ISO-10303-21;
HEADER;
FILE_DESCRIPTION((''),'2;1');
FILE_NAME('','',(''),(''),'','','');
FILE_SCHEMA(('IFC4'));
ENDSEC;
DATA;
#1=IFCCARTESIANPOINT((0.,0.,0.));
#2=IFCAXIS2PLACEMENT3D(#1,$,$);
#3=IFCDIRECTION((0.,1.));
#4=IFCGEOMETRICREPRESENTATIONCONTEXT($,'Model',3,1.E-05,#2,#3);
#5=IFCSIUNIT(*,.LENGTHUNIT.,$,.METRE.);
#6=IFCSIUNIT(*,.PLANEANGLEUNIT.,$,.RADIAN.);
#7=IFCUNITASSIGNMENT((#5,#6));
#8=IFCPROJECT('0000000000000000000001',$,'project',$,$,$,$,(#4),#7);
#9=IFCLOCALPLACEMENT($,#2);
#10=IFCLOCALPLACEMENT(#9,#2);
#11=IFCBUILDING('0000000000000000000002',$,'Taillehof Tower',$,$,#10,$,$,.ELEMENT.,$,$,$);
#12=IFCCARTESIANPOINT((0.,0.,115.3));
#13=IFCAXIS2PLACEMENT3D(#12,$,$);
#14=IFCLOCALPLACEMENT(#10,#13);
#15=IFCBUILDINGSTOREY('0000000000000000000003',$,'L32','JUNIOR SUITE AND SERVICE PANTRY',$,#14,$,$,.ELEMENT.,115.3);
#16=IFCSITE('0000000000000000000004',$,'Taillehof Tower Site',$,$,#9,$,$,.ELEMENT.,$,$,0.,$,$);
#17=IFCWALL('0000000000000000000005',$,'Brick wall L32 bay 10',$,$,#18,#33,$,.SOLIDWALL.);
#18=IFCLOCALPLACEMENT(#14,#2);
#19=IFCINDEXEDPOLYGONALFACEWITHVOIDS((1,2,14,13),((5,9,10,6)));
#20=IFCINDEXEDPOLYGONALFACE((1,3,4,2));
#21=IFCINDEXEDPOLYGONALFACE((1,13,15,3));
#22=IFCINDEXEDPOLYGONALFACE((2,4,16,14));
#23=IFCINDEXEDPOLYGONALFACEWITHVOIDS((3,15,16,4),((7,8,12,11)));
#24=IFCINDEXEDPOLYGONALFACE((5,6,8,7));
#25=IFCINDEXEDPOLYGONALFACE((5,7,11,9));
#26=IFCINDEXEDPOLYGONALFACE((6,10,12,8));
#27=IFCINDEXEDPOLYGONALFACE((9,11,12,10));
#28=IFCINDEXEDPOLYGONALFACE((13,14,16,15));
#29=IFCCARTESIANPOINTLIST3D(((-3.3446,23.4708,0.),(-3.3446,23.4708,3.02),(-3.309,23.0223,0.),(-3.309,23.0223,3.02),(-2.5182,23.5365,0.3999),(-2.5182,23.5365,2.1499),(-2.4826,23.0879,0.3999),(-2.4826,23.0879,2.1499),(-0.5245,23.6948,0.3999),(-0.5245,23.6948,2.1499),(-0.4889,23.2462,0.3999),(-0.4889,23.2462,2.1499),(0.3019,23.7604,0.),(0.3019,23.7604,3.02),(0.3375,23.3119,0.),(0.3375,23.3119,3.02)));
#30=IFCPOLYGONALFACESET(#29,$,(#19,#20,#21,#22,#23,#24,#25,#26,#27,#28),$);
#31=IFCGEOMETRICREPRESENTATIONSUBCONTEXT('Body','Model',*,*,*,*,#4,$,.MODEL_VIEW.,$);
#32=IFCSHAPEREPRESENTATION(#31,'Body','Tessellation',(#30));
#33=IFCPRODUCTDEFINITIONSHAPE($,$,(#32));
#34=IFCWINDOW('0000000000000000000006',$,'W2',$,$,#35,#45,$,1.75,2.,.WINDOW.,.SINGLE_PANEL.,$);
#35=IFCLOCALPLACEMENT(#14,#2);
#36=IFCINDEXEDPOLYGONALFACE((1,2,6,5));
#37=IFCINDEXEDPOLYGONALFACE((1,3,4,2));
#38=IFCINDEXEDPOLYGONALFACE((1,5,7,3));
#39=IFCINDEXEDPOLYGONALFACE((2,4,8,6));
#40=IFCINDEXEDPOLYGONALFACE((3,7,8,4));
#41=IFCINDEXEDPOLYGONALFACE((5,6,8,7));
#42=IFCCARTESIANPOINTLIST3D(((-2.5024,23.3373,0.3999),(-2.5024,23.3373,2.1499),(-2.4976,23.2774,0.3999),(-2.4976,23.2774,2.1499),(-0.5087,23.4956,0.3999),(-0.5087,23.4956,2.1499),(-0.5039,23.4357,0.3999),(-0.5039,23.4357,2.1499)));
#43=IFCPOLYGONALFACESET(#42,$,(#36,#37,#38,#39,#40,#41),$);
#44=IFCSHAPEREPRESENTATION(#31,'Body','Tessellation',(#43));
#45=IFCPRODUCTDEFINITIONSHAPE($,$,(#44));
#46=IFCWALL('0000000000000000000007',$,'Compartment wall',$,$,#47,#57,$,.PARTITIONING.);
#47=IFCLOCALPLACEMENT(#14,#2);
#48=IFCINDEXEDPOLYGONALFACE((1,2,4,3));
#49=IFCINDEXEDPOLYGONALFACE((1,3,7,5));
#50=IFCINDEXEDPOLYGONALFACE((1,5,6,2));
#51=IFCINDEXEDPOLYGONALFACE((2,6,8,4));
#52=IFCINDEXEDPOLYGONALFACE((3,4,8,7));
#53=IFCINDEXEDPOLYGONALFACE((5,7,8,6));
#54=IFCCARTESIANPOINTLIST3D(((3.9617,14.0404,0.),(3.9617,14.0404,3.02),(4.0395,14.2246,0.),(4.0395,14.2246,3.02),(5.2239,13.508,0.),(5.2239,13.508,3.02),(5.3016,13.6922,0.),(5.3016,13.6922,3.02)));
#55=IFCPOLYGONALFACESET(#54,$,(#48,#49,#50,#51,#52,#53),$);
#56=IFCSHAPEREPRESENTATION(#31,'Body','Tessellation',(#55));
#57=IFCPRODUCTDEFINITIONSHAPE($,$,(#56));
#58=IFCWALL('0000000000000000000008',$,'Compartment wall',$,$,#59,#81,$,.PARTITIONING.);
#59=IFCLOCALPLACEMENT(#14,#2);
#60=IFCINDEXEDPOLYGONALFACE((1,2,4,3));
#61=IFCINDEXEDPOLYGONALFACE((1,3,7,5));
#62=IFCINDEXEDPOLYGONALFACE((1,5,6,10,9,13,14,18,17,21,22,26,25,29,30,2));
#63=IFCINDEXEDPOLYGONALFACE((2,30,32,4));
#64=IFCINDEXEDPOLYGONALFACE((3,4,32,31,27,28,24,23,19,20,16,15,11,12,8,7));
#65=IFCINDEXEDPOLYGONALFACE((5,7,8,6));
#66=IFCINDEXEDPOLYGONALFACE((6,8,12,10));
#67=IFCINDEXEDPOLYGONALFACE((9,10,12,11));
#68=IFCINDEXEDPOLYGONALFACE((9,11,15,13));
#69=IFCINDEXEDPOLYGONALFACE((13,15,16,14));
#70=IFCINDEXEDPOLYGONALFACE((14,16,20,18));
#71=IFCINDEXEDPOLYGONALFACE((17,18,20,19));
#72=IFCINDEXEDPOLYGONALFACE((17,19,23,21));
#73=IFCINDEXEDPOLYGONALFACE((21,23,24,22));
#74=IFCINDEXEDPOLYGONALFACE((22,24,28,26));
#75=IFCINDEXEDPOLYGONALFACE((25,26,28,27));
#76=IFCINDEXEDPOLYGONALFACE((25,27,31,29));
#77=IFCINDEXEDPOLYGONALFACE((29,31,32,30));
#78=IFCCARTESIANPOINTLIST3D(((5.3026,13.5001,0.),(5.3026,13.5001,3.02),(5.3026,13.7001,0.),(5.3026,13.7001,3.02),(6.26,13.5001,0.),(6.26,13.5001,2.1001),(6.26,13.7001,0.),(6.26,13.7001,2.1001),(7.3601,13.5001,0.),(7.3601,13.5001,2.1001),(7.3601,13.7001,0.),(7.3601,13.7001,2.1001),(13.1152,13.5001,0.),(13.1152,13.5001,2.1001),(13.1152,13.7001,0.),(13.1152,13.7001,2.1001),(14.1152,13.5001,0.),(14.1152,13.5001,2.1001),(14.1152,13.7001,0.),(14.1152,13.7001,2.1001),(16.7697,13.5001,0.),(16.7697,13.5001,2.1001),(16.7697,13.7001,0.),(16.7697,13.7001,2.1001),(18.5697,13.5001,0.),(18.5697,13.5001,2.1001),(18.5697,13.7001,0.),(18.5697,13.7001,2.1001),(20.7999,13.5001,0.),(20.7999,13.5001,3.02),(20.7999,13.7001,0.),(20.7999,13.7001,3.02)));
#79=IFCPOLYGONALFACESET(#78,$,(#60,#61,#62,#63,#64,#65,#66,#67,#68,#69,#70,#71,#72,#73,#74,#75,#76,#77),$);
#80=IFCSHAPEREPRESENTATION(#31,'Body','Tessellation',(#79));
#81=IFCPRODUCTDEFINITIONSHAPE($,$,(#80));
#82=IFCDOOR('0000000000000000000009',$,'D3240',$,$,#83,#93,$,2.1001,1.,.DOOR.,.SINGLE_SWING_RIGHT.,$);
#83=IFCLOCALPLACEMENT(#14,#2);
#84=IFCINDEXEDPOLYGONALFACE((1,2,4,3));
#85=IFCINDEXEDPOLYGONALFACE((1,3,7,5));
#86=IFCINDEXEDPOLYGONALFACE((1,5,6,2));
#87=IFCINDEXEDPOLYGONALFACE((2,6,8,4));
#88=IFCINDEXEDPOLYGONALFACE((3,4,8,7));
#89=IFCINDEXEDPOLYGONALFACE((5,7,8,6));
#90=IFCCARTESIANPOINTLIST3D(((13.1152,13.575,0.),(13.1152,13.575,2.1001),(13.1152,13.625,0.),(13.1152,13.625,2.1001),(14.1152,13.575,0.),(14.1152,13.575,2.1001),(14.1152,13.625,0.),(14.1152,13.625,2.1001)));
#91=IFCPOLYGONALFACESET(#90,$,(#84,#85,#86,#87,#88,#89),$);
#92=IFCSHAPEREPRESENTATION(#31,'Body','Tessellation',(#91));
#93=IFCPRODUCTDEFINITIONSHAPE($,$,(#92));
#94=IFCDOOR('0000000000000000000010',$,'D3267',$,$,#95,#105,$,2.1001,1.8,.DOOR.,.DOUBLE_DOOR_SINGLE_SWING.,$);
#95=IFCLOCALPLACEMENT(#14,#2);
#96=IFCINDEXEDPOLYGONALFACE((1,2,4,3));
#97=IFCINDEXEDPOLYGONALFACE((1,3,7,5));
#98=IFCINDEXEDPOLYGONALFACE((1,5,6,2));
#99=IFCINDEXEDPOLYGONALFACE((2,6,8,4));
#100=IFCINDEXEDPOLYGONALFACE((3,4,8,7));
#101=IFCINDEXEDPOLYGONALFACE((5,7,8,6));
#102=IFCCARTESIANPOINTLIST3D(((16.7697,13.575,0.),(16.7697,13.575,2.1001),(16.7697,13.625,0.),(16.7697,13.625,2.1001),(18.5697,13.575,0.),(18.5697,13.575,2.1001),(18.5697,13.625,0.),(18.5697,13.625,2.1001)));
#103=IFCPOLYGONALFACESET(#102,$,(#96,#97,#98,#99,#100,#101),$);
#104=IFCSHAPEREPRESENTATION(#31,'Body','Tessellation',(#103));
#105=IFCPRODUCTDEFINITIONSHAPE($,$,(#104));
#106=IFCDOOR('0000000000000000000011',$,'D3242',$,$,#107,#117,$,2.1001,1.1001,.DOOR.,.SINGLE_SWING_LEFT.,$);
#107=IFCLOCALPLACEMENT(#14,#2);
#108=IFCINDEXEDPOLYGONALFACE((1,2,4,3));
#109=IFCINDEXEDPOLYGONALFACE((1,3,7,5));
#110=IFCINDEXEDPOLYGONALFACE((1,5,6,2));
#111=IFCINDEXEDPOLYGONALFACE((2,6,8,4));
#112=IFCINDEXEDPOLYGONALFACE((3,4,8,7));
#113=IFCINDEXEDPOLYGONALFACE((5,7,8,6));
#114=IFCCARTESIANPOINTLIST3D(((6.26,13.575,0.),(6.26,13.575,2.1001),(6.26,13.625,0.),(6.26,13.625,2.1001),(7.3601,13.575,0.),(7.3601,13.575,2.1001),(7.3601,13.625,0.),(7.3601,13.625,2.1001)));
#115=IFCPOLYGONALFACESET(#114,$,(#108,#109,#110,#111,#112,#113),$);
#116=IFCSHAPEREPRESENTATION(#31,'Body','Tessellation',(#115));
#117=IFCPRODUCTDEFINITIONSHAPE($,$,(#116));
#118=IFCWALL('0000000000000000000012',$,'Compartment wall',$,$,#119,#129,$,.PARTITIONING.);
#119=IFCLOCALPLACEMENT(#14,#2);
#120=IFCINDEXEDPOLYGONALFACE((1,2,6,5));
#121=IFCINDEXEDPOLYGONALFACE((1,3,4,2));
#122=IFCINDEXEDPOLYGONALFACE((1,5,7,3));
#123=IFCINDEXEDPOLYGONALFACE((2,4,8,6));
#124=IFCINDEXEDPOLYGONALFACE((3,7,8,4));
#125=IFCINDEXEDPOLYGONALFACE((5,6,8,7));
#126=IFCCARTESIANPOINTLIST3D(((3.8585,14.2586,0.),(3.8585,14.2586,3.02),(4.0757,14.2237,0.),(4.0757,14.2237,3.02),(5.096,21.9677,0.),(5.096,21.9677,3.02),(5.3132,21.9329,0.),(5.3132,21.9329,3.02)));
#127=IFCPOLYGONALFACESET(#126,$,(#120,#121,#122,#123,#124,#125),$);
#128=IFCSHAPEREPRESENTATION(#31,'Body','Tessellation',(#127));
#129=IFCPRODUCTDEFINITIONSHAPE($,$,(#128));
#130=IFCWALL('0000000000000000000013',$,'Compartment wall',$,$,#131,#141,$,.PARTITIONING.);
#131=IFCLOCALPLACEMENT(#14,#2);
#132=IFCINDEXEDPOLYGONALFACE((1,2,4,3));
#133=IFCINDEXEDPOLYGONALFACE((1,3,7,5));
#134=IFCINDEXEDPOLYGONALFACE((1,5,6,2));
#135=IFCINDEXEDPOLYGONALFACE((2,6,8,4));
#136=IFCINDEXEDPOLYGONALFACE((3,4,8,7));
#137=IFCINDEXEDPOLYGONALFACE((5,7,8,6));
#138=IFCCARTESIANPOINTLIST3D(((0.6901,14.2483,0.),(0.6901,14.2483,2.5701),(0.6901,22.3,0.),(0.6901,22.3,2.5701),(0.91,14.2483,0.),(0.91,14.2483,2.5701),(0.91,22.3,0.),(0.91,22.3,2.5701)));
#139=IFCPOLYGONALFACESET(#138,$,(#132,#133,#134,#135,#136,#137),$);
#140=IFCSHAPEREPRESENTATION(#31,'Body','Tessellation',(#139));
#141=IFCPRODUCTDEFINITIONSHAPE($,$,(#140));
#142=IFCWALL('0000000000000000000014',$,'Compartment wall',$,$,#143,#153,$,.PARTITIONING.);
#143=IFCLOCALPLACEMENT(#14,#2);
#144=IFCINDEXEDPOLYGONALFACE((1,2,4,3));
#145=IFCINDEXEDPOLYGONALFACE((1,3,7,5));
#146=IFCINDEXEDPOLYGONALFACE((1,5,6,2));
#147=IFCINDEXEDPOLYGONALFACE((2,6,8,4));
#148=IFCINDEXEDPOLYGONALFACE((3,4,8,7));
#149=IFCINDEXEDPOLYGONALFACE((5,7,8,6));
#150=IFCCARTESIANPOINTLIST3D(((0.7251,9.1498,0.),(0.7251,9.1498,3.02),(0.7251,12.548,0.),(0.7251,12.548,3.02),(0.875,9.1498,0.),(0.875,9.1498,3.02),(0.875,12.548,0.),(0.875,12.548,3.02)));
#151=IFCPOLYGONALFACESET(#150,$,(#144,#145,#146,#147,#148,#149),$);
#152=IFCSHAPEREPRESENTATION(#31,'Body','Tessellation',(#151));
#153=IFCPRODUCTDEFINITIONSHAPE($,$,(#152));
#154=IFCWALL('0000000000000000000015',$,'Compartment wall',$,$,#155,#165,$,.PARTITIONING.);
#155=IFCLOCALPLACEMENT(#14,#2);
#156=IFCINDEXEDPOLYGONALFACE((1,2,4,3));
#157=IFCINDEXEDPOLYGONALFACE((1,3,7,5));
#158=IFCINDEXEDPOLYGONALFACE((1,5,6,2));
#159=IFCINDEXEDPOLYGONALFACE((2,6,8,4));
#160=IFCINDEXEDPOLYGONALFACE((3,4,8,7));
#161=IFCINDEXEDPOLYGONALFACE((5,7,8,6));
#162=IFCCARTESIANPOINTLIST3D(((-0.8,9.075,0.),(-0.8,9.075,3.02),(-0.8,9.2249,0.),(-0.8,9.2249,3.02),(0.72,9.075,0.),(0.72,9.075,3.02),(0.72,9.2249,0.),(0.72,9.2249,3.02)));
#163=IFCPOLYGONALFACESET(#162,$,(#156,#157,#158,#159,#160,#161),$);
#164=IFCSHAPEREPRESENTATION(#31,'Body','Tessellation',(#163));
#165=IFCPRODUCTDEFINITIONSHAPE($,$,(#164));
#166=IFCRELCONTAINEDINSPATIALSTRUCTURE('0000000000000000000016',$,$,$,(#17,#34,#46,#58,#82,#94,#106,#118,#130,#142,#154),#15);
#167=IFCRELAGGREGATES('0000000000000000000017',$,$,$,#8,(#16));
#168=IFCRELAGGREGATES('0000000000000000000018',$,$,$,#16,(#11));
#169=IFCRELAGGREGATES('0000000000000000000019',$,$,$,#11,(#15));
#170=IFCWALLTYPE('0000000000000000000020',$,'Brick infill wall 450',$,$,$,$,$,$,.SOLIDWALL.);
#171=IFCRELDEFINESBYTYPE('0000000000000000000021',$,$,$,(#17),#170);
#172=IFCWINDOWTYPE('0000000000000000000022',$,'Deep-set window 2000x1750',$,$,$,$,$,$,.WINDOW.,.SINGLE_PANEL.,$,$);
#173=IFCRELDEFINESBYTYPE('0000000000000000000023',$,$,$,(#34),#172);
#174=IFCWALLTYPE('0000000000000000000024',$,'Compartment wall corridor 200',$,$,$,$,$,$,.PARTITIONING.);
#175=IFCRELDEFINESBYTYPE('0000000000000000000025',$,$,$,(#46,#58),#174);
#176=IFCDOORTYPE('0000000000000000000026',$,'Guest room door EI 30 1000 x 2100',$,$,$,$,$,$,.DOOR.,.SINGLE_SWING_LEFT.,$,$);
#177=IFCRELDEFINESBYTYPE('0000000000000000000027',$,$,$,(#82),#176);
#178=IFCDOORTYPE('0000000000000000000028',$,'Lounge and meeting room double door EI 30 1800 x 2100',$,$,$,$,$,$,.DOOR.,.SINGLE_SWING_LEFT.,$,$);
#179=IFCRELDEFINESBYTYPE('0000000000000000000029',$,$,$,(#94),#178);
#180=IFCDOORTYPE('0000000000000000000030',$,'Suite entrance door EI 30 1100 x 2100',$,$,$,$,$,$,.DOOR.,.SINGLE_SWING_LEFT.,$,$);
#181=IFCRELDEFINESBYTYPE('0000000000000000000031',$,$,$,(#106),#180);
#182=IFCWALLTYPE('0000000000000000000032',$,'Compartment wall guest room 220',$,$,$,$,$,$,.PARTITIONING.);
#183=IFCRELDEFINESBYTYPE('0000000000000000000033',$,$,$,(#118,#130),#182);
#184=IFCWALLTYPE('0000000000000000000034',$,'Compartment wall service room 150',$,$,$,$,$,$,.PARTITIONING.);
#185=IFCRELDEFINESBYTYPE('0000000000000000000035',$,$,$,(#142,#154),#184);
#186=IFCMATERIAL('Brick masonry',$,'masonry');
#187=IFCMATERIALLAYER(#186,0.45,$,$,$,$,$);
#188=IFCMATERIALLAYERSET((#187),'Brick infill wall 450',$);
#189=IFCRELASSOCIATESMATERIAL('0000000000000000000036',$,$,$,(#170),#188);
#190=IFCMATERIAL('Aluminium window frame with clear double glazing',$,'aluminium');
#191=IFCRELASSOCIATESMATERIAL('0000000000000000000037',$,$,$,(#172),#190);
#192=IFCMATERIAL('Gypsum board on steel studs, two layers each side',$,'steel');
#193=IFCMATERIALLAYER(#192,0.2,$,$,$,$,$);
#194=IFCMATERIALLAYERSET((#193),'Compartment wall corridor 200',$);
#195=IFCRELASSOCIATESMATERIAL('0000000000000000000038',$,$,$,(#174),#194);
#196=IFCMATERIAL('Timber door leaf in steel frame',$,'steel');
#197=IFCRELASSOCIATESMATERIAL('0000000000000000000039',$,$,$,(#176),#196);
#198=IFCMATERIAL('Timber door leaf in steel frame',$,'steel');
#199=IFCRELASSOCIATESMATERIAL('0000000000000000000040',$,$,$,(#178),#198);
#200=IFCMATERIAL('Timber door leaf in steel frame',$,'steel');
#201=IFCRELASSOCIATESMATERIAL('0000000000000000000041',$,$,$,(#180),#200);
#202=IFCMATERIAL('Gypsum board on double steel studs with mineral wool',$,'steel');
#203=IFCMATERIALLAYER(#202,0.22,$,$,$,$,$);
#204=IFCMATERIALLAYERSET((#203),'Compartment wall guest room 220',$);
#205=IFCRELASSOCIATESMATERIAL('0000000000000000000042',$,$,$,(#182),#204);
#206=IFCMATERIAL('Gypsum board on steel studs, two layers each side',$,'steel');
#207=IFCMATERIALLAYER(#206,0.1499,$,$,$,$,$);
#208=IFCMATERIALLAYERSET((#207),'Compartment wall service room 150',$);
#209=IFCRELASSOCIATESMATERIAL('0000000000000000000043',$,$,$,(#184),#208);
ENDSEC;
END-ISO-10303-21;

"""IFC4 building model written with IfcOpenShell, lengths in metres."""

from ifc_helpers import new_model, si_unit, direction, frame, frame_2d, origin, place, context, subcontext, project, spatial, rectangle, extrude, material, layer, layer_set, type_object, element, fill, save


model = new_model("IFC4")

# Units and contexts
model_context = context("Model", 3, precision=1e-05, world=origin(), true_north=direction((0.0, 1.0)))
body_context = subcontext(model_context, "Body", "Model", "MODEL_VIEW")
ifc_project = project(units=[si_unit("LENGTHUNIT", "METRE"), si_unit("PLANEANGLEUNIT", "RADIAN")], contexts=[model_context])

# Site, building, storey
site_placement = place(None, origin())
site = spatial("IfcSite", under=ifc_project, at=site_placement, Name="Taillehof Tower Site", CompositionType="ELEMENT", RefElevation=0.0)
building_placement = place(site_placement, origin())
building = spatial("IfcBuilding", under=site, at=building_placement, Name="Taillehof Tower", CompositionType="ELEMENT")
storey_placement = place(building_placement, frame((0.0, 0.0, 115.3)))
storey = spatial("IfcBuildingStorey", under=building, at=storey_placement, Name="L32", Description="JUNIOR SUITE AND SERVICE PANTRY", CompositionType="ELEMENT", Elevation=115.3)

# Wall, opening, window
ifc_material_1 = material(Name="Brick masonry", Category="masonry")
ifc_layer_1 = layer(ifc_material_1, 0.45)
ifc_layer_set_1 = layer_set([ifc_layer_1], Name="Brick infill wall 450")
wall_type_1 = type_object("IfcWallType", Name="Brick infill wall 450", PredefinedType="SOLIDWALL", material=ifc_layer_set_1)
ifc_material_2 = material(Name="Aluminium window frame with clear double glazing", Category="aluminium")
window_type = type_object("IfcWindowType", Name="Deep-set window 2000x1750", PartitioningType="SINGLE_PANEL", PredefinedType="WINDOW", material=ifc_material_2)
wall_1_placement = place(storey_placement, frame((0.3198, 23.5361, 0.0), z_axis=(0.0, 0.0, 1.0), x_axis=(-0.996862, -0.079156, 0.0)))
wall_1 = element("IfcWall", 1, at=wall_1_placement, inside=storey, type_object=wall_type_1, Name="Brick wall L32 bay 10", PredefinedType="SOLIDWALL", context=body_context, shape_type="SweptSolid", body=[
    extrude(rectangle(XDim=3.658, YDim=0.45, at=frame_2d((1.8291, 0.0))), origin(), (0.0, 0.0, 1.0), 3.02),
])
opening_1_placement = place(wall_1_placement, frame((0.8291, 0.0, 0.3999)))
opening_1 = element("IfcOpeningElement", 2, at=opening_1_placement, cuts=wall_1, PredefinedType="OPENING", context=body_context, shape_type="SweptSolid", body=[
    extrude(rectangle(XDim=2.0, YDim=1.75, at=frame_2d((1.0, 0.875))), frame((0.0, 0.2349, 0.0), z_axis=(0.0, -1.0, 0.0), x_axis=(1.0, 0.0, 0.0)), (0.0, 0.0, 1.0), 0.47),
])
window_1_placement = place(opening_1_placement, origin())
window_1 = element("IfcWindow", 3, at=window_1_placement, inside=storey, type_object=window_type, Name="W2", OverallHeight=1.75, OverallWidth=2.0, PartitioningType="SINGLE_PANEL", PredefinedType="WINDOW", context=body_context, shape_type="SweptSolid", body=[
    extrude(rectangle(XDim=2.0, YDim=1.75, at=frame_2d((1.0, 0.875))), frame((0.0, 0.0349, 0.0), z_axis=(0.0, -1.0, 0.0), x_axis=(1.0, 0.0, 0.0)), (0.0, 0.0, 1.0), 0.0601),
])
fill(opening_1, window_1)

# Wall
ifc_material_3 = material(Name="Gypsum board on steel studs, two layers each side", Category="steel")
ifc_layer_2 = layer(ifc_material_3, 0.2)
ifc_layer_set_2 = layer_set([ifc_layer_2], Name="Compartment wall corridor 200")
wall_type_2 = type_object("IfcWallType", Name="Compartment wall corridor 200", PredefinedType="PARTITIONING", material=ifc_layer_set_2)
wall_2_placement = place(storey_placement, frame((4.0005, 14.1326, 0.0), z_axis=(0.0, 0.0, 1.0), x_axis=(0.92137, -0.388686, 0.0)))
element("IfcWall", 4, at=wall_2_placement, inside=storey, type_object=wall_type_2, Name="Compartment wall", PredefinedType="PARTITIONING", context=body_context, shape_type="SweptSolid", body=[
    extrude(rectangle(XDim=1.3699, YDim=0.2, at=frame_2d((0.6851, 0.0))), origin(), (0.0, 0.0, 1.0), 3.02),
])

# Wall, openings, doors
wall_3_placement = place(storey_placement, frame((5.3027, 13.6001, 0.0), z_axis=(0.0, 0.0, 1.0), x_axis=(1.0, 0.0, 0.0)))
wall_3 = element("IfcWall", 5, at=wall_3_placement, inside=storey, type_object=wall_type_2, Name="Compartment wall", PredefinedType="PARTITIONING", context=body_context, shape_type="SweptSolid", body=[
    extrude(rectangle(XDim=15.4973, YDim=0.2, at=frame_2d((7.7485, 0.0))), origin(), (0.0, 0.0, 1.0), 3.02),
])
opening_2_placement = place(wall_3_placement, frame((7.8125, 0.0, 0.0)))
opening_2 = element("IfcOpeningElement", 6, at=opening_2_placement, cuts=wall_3, PredefinedType="OPENING", context=body_context, shape_type="SweptSolid", body=[
    extrude(rectangle(XDim=1.0, YDim=2.1001, at=frame_2d((0.5, 1.05))), frame((0.0, 0.1099, 0.0), z_axis=(0.0, -1.0, 0.0), x_axis=(1.0, 0.0, 0.0)), (0.0, 0.0, 1.0), 0.22),
])
opening_3_placement = place(wall_3_placement, frame((0.9573, 0.0, 0.0)))
opening_3 = element("IfcOpeningElement", 7, at=opening_3_placement, cuts=wall_3, PredefinedType="OPENING", context=body_context, shape_type="SweptSolid", body=[
    extrude(rectangle(XDim=1.1001, YDim=2.1001, at=frame_2d((0.55, 1.05))), frame((0.0, 0.1099, 0.0), z_axis=(0.0, -1.0, 0.0), x_axis=(1.0, 0.0, 0.0)), (0.0, 0.0, 1.0), 0.22),
])
opening_4_placement = place(wall_3_placement, frame((11.467, 0.0, 0.0)))
opening_4 = element("IfcOpeningElement", 8, at=opening_4_placement, cuts=wall_3, PredefinedType="OPENING", context=body_context, shape_type="SweptSolid", body=[
    extrude(rectangle(XDim=1.8, YDim=2.1001, at=frame_2d((0.8999, 1.05))), frame((0.0, 0.1099, 0.0), z_axis=(0.0, -1.0, 0.0), x_axis=(1.0, 0.0, 0.0)), (0.0, 0.0, 1.0), 0.22),
])
ifc_material_4 = material(Name="Timber door leaf in steel frame", Category="steel")
door_type_1 = type_object("IfcDoorType", Name="Guest room door EI 30 1000 x 2100", OperationType="SINGLE_SWING_LEFT", PredefinedType="DOOR", material=ifc_material_4)
door_1_placement = place(opening_2_placement, origin())
door_1 = element("IfcDoor", 9, at=door_1_placement, inside=storey, type_object=door_type_1, Name="D3240", OperationType="SINGLE_SWING_RIGHT", OverallHeight=2.1001, OverallWidth=1.0, PredefinedType="DOOR", context=body_context, shape_type="SweptSolid", body=[
    extrude(rectangle(XDim=1.0, YDim=2.1001, at=frame_2d((0.5, 1.05))), frame((0.0, 0.0249, 0.0), z_axis=(0.0, -1.0, 0.0), x_axis=(1.0, 0.0, 0.0)), (0.0, 0.0, 1.0), 0.05),
])
fill(opening_2, door_1)
ifc_material_5 = material(Name="Timber door leaf in steel frame", Category="steel")
door_type_2 = type_object("IfcDoorType", Name="Lounge and meeting room double door EI 30 1800 x 2100", OperationType="SINGLE_SWING_LEFT", PredefinedType="DOOR", material=ifc_material_5)
door_2_placement = place(opening_4_placement, origin())
door_2 = element("IfcDoor", 10, at=door_2_placement, inside=storey, type_object=door_type_2, Name="D3267", OperationType="DOUBLE_DOOR_SINGLE_SWING", OverallHeight=2.1001, OverallWidth=1.8, PredefinedType="DOOR", context=body_context, shape_type="SweptSolid", body=[
    extrude(rectangle(XDim=1.8, YDim=2.1001, at=frame_2d((0.8999, 1.05))), frame((0.0, 0.0249, 0.0), z_axis=(0.0, -1.0, 0.0), x_axis=(1.0, 0.0, 0.0)), (0.0, 0.0, 1.0), 0.05),
])
fill(opening_4, door_2)
ifc_material_6 = material(Name="Timber door leaf in steel frame", Category="steel")
door_type_3 = type_object("IfcDoorType", Name="Suite entrance door EI 30 1100 x 2100", OperationType="SINGLE_SWING_LEFT", PredefinedType="DOOR", material=ifc_material_6)
door_3_placement = place(opening_3_placement, origin())
door_3 = element("IfcDoor", 11, at=door_3_placement, inside=storey, type_object=door_type_3, Name="D3242", OperationType="SINGLE_SWING_LEFT", OverallHeight=2.1001, OverallWidth=1.1001, PredefinedType="DOOR", context=body_context, shape_type="SweptSolid", body=[
    extrude(rectangle(XDim=1.1001, YDim=2.1001, at=frame_2d((0.55, 1.05))), frame((0.0, 0.0249, 0.0), z_axis=(0.0, -1.0, 0.0), x_axis=(1.0, 0.0, 0.0)), (0.0, 0.0, 1.0), 0.05),
])
fill(opening_3, door_3)

# Walls
ifc_material_7 = material(Name="Gypsum board on double steel studs with mineral wool", Category="steel")
ifc_layer_3 = layer(ifc_material_7, 0.22)
ifc_layer_set_3 = layer_set([ifc_layer_3], Name="Compartment wall guest room 220")
wall_type_3 = type_object("IfcWallType", Name="Compartment wall guest room 220", PredefinedType="PARTITIONING", material=ifc_layer_set_3)
wall_4_placement = place(storey_placement, frame((5.2046, 21.9502, 0.0), z_axis=(0.0, 0.0, 1.0), x_axis=(-0.158499, -0.987359, 0.0)))
element("IfcWall", 12, at=wall_4_placement, inside=storey, type_object=wall_type_3, Name="Compartment wall", PredefinedType="PARTITIONING", context=body_context, shape_type="SweptSolid", body=[
    extrude(rectangle(XDim=7.8079, YDim=0.22, at=frame_2d((3.9038, 0.0))), origin(), (0.0, 0.0, 1.0), 3.02),
])
wall_5_placement = place(storey_placement, frame((0.8, 22.3, 0.0), z_axis=(0.0, 0.0, 1.0), x_axis=(0.0, -1.0, 0.0)))
element("IfcWall", 13, at=wall_5_placement, inside=storey, type_object=wall_type_3, Name="Compartment wall", PredefinedType="PARTITIONING", context=body_context, shape_type="SweptSolid", body=[
    extrude(rectangle(XDim=8.0518, YDim=0.22, at=frame_2d((4.0259, 0.0))), origin(), (0.0, 0.0, 1.0), 2.5701),
])
ifc_material_8 = material(Name="Gypsum board on steel studs, two layers each side", Category="steel")
ifc_layer_4 = layer(ifc_material_8, 0.1499)
ifc_layer_set_4 = layer_set([ifc_layer_4], Name="Compartment wall service room 150")
wall_type_4 = type_object("IfcWallType", Name="Compartment wall service room 150", PredefinedType="PARTITIONING", material=ifc_layer_set_4)
wall_6_placement = place(storey_placement, frame((0.8, 12.5481, 0.0), z_axis=(0.0, 0.0, 1.0), x_axis=(0.0, -1.0, 0.0)))
element("IfcWall", 14, at=wall_6_placement, inside=storey, type_object=wall_type_4, Name="Compartment wall", PredefinedType="PARTITIONING", context=body_context, shape_type="SweptSolid", body=[
    extrude(rectangle(XDim=3.3982, YDim=0.1499, at=frame_2d((1.6992, 0.0))), origin(), (0.0, 0.0, 1.0), 3.02),
])
wall_7_placement = place(storey_placement, frame((0.72, 9.1499, 0.0), z_axis=(0.0, 0.0, 1.0), x_axis=(-1.0, 0.0, 0.0)))
element("IfcWall", 15, at=wall_7_placement, inside=storey, type_object=wall_type_4, Name="Compartment wall", PredefinedType="PARTITIONING", context=body_context, shape_type="SweptSolid", body=[
    extrude(rectangle(XDim=1.52, YDim=0.1499, at=frame_2d((0.76, 0.0))), origin(), (0.0, 0.0, 1.0), 3.02),
])

save(model, "model.ifc")
